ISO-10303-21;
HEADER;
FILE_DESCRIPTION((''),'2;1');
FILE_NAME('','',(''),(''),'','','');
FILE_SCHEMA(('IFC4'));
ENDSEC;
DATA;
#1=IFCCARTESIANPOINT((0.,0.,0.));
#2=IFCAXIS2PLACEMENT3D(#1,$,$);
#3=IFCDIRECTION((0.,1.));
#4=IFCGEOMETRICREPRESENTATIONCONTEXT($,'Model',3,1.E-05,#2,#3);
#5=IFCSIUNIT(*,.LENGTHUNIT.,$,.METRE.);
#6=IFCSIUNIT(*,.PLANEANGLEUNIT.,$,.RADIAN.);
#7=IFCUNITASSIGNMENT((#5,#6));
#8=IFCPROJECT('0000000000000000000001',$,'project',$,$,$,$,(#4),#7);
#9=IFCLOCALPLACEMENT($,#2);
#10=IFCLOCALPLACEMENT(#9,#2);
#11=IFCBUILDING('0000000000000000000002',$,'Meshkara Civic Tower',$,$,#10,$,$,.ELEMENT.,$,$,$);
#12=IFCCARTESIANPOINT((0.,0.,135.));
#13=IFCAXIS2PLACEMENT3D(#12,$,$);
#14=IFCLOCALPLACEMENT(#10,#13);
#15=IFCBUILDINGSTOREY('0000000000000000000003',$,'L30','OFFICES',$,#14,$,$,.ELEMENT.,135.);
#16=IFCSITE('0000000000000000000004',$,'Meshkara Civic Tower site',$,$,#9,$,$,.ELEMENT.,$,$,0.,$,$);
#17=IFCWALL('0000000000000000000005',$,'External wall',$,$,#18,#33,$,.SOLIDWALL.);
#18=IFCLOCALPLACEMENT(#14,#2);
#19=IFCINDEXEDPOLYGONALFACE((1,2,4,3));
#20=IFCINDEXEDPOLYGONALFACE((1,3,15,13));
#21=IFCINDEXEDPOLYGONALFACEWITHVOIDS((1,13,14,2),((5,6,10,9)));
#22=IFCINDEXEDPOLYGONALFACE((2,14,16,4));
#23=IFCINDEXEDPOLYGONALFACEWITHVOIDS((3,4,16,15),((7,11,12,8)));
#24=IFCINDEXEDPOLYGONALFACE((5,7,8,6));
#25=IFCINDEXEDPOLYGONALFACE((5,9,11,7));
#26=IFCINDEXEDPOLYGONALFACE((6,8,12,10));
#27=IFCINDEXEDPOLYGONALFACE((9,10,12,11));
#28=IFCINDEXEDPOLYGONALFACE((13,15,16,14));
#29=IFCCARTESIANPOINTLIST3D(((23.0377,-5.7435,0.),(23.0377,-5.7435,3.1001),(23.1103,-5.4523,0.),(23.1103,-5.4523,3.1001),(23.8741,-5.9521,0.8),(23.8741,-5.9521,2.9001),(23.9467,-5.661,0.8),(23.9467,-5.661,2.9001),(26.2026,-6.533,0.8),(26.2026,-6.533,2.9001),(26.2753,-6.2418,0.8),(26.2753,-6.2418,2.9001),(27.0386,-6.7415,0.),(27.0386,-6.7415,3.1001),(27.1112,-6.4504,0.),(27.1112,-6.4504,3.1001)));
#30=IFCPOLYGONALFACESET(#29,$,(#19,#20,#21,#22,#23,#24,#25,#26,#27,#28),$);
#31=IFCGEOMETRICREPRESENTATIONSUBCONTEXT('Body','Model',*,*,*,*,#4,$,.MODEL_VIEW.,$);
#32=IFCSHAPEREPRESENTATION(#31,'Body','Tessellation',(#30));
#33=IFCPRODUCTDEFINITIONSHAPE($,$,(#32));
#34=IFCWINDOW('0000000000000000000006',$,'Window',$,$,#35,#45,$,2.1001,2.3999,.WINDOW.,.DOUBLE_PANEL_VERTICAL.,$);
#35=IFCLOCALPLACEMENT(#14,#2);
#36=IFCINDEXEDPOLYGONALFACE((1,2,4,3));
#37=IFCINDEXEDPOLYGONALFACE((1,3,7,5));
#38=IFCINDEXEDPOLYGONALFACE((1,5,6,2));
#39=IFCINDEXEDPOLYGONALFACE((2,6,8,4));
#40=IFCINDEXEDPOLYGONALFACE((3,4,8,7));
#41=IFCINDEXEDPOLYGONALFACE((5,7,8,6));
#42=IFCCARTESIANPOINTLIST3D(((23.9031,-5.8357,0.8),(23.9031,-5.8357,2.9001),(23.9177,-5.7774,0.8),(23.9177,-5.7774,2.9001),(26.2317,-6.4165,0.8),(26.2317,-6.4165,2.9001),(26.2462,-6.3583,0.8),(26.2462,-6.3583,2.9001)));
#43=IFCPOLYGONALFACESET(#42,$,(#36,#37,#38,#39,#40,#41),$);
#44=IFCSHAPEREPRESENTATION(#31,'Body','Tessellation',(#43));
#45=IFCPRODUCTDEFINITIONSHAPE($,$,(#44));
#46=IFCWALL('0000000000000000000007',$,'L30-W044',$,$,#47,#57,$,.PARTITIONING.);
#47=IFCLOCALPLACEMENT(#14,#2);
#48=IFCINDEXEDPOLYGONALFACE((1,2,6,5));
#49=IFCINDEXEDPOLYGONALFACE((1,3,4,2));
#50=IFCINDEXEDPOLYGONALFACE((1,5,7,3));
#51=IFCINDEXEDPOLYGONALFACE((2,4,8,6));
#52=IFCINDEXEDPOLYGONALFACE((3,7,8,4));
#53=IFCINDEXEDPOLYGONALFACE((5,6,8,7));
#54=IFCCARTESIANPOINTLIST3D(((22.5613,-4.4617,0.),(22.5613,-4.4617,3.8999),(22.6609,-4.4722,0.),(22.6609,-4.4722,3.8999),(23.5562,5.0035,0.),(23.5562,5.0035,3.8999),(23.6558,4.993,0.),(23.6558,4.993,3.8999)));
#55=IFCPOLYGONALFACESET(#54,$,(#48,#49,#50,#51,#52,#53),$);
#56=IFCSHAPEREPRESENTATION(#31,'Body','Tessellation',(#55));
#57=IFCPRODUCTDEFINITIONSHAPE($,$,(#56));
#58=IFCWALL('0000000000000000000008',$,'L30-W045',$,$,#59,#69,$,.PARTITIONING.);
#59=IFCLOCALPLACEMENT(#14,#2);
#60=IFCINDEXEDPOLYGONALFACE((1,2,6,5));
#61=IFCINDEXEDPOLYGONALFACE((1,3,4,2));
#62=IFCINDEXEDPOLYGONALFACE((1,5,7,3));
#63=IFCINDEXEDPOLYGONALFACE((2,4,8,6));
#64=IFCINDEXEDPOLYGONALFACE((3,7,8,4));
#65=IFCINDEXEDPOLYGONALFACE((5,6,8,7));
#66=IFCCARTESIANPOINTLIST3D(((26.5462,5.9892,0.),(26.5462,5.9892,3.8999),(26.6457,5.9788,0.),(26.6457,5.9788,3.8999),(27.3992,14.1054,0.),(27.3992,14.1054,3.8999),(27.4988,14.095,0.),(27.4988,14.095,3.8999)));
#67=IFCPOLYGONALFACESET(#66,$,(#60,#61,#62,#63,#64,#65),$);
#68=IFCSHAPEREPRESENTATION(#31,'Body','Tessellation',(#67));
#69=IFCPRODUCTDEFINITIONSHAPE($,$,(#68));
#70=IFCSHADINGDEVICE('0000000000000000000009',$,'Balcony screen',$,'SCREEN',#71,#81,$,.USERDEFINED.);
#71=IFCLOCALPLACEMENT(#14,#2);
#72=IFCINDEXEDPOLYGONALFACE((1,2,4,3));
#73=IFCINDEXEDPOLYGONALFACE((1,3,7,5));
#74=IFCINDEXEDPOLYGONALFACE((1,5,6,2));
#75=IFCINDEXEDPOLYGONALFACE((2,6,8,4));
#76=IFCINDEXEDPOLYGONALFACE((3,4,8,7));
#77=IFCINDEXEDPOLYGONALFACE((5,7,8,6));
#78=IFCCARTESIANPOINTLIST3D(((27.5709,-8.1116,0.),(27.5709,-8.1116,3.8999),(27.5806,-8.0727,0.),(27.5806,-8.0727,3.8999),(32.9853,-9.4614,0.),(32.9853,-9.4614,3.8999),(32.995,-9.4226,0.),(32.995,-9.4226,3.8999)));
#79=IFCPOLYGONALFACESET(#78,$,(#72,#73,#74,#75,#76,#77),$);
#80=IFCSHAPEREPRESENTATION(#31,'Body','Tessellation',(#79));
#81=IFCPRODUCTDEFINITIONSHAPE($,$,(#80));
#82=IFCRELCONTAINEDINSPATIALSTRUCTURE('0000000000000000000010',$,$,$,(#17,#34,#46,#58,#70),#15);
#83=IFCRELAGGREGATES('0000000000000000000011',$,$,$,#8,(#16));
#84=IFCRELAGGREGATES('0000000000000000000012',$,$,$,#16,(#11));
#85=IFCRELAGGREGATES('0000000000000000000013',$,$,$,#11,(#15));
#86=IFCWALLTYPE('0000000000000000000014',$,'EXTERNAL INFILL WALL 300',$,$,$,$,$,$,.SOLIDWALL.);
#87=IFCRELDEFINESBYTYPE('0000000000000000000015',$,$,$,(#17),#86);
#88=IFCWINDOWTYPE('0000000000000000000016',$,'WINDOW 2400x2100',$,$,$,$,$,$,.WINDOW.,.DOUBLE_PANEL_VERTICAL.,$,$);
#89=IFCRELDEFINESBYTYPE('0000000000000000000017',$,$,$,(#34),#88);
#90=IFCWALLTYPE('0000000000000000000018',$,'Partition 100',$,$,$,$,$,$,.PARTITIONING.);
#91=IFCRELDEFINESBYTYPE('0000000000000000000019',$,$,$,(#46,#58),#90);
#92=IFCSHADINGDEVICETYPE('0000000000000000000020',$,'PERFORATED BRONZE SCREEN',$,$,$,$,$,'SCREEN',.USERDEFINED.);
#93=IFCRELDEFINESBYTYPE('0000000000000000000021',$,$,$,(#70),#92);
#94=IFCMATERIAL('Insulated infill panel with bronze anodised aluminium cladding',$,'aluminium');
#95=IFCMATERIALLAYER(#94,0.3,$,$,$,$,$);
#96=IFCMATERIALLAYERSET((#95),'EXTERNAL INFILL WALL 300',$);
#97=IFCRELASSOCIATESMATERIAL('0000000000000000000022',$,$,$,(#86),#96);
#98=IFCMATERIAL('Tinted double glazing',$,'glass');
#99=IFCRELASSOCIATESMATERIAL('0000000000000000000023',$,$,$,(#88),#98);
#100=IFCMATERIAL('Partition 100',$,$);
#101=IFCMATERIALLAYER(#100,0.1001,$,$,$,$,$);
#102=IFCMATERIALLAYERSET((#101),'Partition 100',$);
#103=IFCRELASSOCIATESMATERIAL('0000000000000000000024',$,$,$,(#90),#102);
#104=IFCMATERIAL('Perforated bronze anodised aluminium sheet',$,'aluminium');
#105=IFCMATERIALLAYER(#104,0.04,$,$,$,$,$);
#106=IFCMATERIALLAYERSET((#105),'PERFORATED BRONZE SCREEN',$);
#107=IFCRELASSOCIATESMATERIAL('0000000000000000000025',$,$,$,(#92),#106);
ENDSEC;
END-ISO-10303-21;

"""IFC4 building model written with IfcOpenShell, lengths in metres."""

from ifc_helpers import new_model, si_unit, direction, frame, frame_2d, origin, origin_2d, place, context, subcontext, project, spatial, rectangle, extrude, material, layer, layer_set, type_object, element, fill, save


model = new_model("IFC4")

# Units and contexts
model_context = context("Model", 3, precision=1e-05, world=origin(), true_north=direction((0.0, 1.0)))
body_context = subcontext(model_context, "Body", "Model", "MODEL_VIEW")
ifc_project = project(units=[si_unit("LENGTHUNIT", "METRE"), si_unit("PLANEANGLEUNIT", "RADIAN")], contexts=[model_context])

# Site, building, storey
site_placement = place(None, origin())
site = spatial("IfcSite", under=ifc_project, at=site_placement, Name="Meshkara Civic Tower site", CompositionType="ELEMENT", RefElevation=0.0)
building_placement = place(site_placement, origin())
building = spatial("IfcBuilding", under=site, at=building_placement, Name="Meshkara Civic Tower", CompositionType="ELEMENT")
storey_placement = place(building_placement, frame((0.0, 0.0, 135.0)))
storey = spatial("IfcBuildingStorey", under=building, at=storey_placement, Name="L30", Description="OFFICES", CompositionType="ELEMENT", Elevation=135.0)

# Wall, opening, window
ifc_material_1 = material(Name="Insulated infill panel with bronze anodised aluminium cladding", Category="aluminium")
ifc_layer_1 = layer(ifc_material_1, 0.3)
ifc_layer_set_1 = layer_set([ifc_layer_1], Name="EXTERNAL INFILL WALL 300")
wall_type_1 = type_object("IfcWallType", Name="EXTERNAL INFILL WALL 300", PredefinedType="SOLIDWALL", material=ifc_layer_set_1)
wall_1_placement = place(storey_placement, frame((23.074, -5.5979, 0.0), z_axis=(0.0, 0.0, 1.0), x_axis=(0.970268, -0.242034, 0.0)))
wall_1 = element("IfcWall", 1, at=wall_1_placement, inside=storey, type_object=wall_type_1, Name="External wall", PredefinedType="SOLIDWALL", context=body_context, shape_type="SweptSolid", body=[
    extrude(rectangle(XDim=4.1235, YDim=0.3, at=frame_2d((2.0618, 0.0))), origin(), (0.0, 0.0, 1.0), 3.1001),
])
opening_1_placement = place(wall_1_placement, frame((0.8621, 0.0, 0.8)))
opening_1 = element("IfcOpeningElement", 2, at=opening_1_placement, cuts=wall_1, PredefinedType="OPENING", context=body_context, shape_type="SweptSolid", body=[
    extrude(rectangle(XDim=2.3999, YDim=2.1001, at=frame_2d((1.2, 1.05))), frame((0.0, 0.1599, 0.0), z_axis=(0.0, -1.0, 0.0), x_axis=(1.0, 0.0, 0.0)), (0.0, 0.0, 1.0), 0.3201),
])
ifc_material_2 = material(Name="Tinted double glazing", Category="glass")
window_type = type_object("IfcWindowType", Name="WINDOW 2400x2100", PartitioningType="DOUBLE_PANEL_VERTICAL", PredefinedType="WINDOW", material=ifc_material_2)
window_placement = place(opening_1_placement, origin())
window = element("IfcWindow", 3, at=window_placement, inside=storey, type_object=window_type, Name="Window", OverallHeight=2.1001, OverallWidth=2.3999, PartitioningType="DOUBLE_PANEL_VERTICAL", PredefinedType="WINDOW", context=body_context, shape_type="SweptSolid", body=[
    extrude(rectangle(XDim=2.3999, YDim=2.1001, at=frame_2d((1.2, 1.05))), frame((0.0, 0.03, 0.0), z_axis=(0.0, -1.0, 0.0), x_axis=(1.0, 0.0, 0.0)), (0.0, 0.0, 1.0), 0.0601),
])
fill(opening_1, window)

# Walls
ifc_material_3 = material(Name="Partition 100")
ifc_layer_2 = layer(ifc_material_3, 0.1001)
ifc_layer_set_2 = layer_set([ifc_layer_2], Name="Partition 100")
wall_type_2 = type_object("IfcWallType", Name="Partition 100", PredefinedType="PARTITIONING", material=ifc_layer_set_2)
wall_2_placement = place(storey_placement, frame((22.6111, -4.467, 0.0), z_axis=(0.0, 0.0, 1.0), x_axis=(0.104534, 0.994521, 0.0)))
element("IfcWall", 4, at=wall_2_placement, inside=storey, type_object=wall_type_2, Name="L30-W044", PredefinedType="PARTITIONING", context=body_context, shape_type="SweptSolid", body=[
    extrude(rectangle(XDim=9.5173, YDim=0.1001, at=frame_2d((4.7588, 0.0))), origin(), (0.0, 0.0, 1.0), 3.8999),
])
wall_3_placement = place(storey_placement, frame((26.5959, 5.9839, 0.0), z_axis=(0.0, 0.0, 1.0), x_axis=(0.104526, 0.994522, 0.0)))
element("IfcWall", 5, at=wall_3_placement, inside=storey, type_object=wall_type_2, Name="L30-W045", PredefinedType="PARTITIONING", context=body_context, shape_type="SweptSolid", body=[
    extrude(rectangle(XDim=8.1609, YDim=0.1001, at=frame_2d((4.0806, 0.0))), origin(), (0.0, 0.0, 1.0), 3.8999),
])

# Shading device
ifc_material_4 = material(Name="Perforated bronze anodised aluminium sheet", Category="aluminium")
ifc_layer_3 = layer(ifc_material_4, 0.04)
ifc_layer_set_3 = layer_set([ifc_layer_3], Name="PERFORATED BRONZE SCREEN")
shading_device_type = type_object("IfcShadingDeviceType", Name="PERFORATED BRONZE SCREEN", ElementType="SCREEN", PredefinedType="USERDEFINED", material=ifc_layer_set_3)
shading_device_placement = place(storey_placement, frame((30.283, -8.7671, 0.0), z_axis=(0.0, 0.0, 1.0), x_axis=(0.9703, -0.241905, 0.0)))
element("IfcShadingDevice", 6, at=shading_device_placement, inside=storey, type_object=shading_device_type, Name="Balcony screen", ObjectType="SCREEN", PredefinedType="USERDEFINED", context=body_context, shape_type="SweptSolid", body=[
    extrude(rectangle(XDim=5.5801, YDim=0.04, at=origin_2d()), origin(), (0.0, 0.0, 1.0), 3.8999),
])

save(model, "model.ifc")
